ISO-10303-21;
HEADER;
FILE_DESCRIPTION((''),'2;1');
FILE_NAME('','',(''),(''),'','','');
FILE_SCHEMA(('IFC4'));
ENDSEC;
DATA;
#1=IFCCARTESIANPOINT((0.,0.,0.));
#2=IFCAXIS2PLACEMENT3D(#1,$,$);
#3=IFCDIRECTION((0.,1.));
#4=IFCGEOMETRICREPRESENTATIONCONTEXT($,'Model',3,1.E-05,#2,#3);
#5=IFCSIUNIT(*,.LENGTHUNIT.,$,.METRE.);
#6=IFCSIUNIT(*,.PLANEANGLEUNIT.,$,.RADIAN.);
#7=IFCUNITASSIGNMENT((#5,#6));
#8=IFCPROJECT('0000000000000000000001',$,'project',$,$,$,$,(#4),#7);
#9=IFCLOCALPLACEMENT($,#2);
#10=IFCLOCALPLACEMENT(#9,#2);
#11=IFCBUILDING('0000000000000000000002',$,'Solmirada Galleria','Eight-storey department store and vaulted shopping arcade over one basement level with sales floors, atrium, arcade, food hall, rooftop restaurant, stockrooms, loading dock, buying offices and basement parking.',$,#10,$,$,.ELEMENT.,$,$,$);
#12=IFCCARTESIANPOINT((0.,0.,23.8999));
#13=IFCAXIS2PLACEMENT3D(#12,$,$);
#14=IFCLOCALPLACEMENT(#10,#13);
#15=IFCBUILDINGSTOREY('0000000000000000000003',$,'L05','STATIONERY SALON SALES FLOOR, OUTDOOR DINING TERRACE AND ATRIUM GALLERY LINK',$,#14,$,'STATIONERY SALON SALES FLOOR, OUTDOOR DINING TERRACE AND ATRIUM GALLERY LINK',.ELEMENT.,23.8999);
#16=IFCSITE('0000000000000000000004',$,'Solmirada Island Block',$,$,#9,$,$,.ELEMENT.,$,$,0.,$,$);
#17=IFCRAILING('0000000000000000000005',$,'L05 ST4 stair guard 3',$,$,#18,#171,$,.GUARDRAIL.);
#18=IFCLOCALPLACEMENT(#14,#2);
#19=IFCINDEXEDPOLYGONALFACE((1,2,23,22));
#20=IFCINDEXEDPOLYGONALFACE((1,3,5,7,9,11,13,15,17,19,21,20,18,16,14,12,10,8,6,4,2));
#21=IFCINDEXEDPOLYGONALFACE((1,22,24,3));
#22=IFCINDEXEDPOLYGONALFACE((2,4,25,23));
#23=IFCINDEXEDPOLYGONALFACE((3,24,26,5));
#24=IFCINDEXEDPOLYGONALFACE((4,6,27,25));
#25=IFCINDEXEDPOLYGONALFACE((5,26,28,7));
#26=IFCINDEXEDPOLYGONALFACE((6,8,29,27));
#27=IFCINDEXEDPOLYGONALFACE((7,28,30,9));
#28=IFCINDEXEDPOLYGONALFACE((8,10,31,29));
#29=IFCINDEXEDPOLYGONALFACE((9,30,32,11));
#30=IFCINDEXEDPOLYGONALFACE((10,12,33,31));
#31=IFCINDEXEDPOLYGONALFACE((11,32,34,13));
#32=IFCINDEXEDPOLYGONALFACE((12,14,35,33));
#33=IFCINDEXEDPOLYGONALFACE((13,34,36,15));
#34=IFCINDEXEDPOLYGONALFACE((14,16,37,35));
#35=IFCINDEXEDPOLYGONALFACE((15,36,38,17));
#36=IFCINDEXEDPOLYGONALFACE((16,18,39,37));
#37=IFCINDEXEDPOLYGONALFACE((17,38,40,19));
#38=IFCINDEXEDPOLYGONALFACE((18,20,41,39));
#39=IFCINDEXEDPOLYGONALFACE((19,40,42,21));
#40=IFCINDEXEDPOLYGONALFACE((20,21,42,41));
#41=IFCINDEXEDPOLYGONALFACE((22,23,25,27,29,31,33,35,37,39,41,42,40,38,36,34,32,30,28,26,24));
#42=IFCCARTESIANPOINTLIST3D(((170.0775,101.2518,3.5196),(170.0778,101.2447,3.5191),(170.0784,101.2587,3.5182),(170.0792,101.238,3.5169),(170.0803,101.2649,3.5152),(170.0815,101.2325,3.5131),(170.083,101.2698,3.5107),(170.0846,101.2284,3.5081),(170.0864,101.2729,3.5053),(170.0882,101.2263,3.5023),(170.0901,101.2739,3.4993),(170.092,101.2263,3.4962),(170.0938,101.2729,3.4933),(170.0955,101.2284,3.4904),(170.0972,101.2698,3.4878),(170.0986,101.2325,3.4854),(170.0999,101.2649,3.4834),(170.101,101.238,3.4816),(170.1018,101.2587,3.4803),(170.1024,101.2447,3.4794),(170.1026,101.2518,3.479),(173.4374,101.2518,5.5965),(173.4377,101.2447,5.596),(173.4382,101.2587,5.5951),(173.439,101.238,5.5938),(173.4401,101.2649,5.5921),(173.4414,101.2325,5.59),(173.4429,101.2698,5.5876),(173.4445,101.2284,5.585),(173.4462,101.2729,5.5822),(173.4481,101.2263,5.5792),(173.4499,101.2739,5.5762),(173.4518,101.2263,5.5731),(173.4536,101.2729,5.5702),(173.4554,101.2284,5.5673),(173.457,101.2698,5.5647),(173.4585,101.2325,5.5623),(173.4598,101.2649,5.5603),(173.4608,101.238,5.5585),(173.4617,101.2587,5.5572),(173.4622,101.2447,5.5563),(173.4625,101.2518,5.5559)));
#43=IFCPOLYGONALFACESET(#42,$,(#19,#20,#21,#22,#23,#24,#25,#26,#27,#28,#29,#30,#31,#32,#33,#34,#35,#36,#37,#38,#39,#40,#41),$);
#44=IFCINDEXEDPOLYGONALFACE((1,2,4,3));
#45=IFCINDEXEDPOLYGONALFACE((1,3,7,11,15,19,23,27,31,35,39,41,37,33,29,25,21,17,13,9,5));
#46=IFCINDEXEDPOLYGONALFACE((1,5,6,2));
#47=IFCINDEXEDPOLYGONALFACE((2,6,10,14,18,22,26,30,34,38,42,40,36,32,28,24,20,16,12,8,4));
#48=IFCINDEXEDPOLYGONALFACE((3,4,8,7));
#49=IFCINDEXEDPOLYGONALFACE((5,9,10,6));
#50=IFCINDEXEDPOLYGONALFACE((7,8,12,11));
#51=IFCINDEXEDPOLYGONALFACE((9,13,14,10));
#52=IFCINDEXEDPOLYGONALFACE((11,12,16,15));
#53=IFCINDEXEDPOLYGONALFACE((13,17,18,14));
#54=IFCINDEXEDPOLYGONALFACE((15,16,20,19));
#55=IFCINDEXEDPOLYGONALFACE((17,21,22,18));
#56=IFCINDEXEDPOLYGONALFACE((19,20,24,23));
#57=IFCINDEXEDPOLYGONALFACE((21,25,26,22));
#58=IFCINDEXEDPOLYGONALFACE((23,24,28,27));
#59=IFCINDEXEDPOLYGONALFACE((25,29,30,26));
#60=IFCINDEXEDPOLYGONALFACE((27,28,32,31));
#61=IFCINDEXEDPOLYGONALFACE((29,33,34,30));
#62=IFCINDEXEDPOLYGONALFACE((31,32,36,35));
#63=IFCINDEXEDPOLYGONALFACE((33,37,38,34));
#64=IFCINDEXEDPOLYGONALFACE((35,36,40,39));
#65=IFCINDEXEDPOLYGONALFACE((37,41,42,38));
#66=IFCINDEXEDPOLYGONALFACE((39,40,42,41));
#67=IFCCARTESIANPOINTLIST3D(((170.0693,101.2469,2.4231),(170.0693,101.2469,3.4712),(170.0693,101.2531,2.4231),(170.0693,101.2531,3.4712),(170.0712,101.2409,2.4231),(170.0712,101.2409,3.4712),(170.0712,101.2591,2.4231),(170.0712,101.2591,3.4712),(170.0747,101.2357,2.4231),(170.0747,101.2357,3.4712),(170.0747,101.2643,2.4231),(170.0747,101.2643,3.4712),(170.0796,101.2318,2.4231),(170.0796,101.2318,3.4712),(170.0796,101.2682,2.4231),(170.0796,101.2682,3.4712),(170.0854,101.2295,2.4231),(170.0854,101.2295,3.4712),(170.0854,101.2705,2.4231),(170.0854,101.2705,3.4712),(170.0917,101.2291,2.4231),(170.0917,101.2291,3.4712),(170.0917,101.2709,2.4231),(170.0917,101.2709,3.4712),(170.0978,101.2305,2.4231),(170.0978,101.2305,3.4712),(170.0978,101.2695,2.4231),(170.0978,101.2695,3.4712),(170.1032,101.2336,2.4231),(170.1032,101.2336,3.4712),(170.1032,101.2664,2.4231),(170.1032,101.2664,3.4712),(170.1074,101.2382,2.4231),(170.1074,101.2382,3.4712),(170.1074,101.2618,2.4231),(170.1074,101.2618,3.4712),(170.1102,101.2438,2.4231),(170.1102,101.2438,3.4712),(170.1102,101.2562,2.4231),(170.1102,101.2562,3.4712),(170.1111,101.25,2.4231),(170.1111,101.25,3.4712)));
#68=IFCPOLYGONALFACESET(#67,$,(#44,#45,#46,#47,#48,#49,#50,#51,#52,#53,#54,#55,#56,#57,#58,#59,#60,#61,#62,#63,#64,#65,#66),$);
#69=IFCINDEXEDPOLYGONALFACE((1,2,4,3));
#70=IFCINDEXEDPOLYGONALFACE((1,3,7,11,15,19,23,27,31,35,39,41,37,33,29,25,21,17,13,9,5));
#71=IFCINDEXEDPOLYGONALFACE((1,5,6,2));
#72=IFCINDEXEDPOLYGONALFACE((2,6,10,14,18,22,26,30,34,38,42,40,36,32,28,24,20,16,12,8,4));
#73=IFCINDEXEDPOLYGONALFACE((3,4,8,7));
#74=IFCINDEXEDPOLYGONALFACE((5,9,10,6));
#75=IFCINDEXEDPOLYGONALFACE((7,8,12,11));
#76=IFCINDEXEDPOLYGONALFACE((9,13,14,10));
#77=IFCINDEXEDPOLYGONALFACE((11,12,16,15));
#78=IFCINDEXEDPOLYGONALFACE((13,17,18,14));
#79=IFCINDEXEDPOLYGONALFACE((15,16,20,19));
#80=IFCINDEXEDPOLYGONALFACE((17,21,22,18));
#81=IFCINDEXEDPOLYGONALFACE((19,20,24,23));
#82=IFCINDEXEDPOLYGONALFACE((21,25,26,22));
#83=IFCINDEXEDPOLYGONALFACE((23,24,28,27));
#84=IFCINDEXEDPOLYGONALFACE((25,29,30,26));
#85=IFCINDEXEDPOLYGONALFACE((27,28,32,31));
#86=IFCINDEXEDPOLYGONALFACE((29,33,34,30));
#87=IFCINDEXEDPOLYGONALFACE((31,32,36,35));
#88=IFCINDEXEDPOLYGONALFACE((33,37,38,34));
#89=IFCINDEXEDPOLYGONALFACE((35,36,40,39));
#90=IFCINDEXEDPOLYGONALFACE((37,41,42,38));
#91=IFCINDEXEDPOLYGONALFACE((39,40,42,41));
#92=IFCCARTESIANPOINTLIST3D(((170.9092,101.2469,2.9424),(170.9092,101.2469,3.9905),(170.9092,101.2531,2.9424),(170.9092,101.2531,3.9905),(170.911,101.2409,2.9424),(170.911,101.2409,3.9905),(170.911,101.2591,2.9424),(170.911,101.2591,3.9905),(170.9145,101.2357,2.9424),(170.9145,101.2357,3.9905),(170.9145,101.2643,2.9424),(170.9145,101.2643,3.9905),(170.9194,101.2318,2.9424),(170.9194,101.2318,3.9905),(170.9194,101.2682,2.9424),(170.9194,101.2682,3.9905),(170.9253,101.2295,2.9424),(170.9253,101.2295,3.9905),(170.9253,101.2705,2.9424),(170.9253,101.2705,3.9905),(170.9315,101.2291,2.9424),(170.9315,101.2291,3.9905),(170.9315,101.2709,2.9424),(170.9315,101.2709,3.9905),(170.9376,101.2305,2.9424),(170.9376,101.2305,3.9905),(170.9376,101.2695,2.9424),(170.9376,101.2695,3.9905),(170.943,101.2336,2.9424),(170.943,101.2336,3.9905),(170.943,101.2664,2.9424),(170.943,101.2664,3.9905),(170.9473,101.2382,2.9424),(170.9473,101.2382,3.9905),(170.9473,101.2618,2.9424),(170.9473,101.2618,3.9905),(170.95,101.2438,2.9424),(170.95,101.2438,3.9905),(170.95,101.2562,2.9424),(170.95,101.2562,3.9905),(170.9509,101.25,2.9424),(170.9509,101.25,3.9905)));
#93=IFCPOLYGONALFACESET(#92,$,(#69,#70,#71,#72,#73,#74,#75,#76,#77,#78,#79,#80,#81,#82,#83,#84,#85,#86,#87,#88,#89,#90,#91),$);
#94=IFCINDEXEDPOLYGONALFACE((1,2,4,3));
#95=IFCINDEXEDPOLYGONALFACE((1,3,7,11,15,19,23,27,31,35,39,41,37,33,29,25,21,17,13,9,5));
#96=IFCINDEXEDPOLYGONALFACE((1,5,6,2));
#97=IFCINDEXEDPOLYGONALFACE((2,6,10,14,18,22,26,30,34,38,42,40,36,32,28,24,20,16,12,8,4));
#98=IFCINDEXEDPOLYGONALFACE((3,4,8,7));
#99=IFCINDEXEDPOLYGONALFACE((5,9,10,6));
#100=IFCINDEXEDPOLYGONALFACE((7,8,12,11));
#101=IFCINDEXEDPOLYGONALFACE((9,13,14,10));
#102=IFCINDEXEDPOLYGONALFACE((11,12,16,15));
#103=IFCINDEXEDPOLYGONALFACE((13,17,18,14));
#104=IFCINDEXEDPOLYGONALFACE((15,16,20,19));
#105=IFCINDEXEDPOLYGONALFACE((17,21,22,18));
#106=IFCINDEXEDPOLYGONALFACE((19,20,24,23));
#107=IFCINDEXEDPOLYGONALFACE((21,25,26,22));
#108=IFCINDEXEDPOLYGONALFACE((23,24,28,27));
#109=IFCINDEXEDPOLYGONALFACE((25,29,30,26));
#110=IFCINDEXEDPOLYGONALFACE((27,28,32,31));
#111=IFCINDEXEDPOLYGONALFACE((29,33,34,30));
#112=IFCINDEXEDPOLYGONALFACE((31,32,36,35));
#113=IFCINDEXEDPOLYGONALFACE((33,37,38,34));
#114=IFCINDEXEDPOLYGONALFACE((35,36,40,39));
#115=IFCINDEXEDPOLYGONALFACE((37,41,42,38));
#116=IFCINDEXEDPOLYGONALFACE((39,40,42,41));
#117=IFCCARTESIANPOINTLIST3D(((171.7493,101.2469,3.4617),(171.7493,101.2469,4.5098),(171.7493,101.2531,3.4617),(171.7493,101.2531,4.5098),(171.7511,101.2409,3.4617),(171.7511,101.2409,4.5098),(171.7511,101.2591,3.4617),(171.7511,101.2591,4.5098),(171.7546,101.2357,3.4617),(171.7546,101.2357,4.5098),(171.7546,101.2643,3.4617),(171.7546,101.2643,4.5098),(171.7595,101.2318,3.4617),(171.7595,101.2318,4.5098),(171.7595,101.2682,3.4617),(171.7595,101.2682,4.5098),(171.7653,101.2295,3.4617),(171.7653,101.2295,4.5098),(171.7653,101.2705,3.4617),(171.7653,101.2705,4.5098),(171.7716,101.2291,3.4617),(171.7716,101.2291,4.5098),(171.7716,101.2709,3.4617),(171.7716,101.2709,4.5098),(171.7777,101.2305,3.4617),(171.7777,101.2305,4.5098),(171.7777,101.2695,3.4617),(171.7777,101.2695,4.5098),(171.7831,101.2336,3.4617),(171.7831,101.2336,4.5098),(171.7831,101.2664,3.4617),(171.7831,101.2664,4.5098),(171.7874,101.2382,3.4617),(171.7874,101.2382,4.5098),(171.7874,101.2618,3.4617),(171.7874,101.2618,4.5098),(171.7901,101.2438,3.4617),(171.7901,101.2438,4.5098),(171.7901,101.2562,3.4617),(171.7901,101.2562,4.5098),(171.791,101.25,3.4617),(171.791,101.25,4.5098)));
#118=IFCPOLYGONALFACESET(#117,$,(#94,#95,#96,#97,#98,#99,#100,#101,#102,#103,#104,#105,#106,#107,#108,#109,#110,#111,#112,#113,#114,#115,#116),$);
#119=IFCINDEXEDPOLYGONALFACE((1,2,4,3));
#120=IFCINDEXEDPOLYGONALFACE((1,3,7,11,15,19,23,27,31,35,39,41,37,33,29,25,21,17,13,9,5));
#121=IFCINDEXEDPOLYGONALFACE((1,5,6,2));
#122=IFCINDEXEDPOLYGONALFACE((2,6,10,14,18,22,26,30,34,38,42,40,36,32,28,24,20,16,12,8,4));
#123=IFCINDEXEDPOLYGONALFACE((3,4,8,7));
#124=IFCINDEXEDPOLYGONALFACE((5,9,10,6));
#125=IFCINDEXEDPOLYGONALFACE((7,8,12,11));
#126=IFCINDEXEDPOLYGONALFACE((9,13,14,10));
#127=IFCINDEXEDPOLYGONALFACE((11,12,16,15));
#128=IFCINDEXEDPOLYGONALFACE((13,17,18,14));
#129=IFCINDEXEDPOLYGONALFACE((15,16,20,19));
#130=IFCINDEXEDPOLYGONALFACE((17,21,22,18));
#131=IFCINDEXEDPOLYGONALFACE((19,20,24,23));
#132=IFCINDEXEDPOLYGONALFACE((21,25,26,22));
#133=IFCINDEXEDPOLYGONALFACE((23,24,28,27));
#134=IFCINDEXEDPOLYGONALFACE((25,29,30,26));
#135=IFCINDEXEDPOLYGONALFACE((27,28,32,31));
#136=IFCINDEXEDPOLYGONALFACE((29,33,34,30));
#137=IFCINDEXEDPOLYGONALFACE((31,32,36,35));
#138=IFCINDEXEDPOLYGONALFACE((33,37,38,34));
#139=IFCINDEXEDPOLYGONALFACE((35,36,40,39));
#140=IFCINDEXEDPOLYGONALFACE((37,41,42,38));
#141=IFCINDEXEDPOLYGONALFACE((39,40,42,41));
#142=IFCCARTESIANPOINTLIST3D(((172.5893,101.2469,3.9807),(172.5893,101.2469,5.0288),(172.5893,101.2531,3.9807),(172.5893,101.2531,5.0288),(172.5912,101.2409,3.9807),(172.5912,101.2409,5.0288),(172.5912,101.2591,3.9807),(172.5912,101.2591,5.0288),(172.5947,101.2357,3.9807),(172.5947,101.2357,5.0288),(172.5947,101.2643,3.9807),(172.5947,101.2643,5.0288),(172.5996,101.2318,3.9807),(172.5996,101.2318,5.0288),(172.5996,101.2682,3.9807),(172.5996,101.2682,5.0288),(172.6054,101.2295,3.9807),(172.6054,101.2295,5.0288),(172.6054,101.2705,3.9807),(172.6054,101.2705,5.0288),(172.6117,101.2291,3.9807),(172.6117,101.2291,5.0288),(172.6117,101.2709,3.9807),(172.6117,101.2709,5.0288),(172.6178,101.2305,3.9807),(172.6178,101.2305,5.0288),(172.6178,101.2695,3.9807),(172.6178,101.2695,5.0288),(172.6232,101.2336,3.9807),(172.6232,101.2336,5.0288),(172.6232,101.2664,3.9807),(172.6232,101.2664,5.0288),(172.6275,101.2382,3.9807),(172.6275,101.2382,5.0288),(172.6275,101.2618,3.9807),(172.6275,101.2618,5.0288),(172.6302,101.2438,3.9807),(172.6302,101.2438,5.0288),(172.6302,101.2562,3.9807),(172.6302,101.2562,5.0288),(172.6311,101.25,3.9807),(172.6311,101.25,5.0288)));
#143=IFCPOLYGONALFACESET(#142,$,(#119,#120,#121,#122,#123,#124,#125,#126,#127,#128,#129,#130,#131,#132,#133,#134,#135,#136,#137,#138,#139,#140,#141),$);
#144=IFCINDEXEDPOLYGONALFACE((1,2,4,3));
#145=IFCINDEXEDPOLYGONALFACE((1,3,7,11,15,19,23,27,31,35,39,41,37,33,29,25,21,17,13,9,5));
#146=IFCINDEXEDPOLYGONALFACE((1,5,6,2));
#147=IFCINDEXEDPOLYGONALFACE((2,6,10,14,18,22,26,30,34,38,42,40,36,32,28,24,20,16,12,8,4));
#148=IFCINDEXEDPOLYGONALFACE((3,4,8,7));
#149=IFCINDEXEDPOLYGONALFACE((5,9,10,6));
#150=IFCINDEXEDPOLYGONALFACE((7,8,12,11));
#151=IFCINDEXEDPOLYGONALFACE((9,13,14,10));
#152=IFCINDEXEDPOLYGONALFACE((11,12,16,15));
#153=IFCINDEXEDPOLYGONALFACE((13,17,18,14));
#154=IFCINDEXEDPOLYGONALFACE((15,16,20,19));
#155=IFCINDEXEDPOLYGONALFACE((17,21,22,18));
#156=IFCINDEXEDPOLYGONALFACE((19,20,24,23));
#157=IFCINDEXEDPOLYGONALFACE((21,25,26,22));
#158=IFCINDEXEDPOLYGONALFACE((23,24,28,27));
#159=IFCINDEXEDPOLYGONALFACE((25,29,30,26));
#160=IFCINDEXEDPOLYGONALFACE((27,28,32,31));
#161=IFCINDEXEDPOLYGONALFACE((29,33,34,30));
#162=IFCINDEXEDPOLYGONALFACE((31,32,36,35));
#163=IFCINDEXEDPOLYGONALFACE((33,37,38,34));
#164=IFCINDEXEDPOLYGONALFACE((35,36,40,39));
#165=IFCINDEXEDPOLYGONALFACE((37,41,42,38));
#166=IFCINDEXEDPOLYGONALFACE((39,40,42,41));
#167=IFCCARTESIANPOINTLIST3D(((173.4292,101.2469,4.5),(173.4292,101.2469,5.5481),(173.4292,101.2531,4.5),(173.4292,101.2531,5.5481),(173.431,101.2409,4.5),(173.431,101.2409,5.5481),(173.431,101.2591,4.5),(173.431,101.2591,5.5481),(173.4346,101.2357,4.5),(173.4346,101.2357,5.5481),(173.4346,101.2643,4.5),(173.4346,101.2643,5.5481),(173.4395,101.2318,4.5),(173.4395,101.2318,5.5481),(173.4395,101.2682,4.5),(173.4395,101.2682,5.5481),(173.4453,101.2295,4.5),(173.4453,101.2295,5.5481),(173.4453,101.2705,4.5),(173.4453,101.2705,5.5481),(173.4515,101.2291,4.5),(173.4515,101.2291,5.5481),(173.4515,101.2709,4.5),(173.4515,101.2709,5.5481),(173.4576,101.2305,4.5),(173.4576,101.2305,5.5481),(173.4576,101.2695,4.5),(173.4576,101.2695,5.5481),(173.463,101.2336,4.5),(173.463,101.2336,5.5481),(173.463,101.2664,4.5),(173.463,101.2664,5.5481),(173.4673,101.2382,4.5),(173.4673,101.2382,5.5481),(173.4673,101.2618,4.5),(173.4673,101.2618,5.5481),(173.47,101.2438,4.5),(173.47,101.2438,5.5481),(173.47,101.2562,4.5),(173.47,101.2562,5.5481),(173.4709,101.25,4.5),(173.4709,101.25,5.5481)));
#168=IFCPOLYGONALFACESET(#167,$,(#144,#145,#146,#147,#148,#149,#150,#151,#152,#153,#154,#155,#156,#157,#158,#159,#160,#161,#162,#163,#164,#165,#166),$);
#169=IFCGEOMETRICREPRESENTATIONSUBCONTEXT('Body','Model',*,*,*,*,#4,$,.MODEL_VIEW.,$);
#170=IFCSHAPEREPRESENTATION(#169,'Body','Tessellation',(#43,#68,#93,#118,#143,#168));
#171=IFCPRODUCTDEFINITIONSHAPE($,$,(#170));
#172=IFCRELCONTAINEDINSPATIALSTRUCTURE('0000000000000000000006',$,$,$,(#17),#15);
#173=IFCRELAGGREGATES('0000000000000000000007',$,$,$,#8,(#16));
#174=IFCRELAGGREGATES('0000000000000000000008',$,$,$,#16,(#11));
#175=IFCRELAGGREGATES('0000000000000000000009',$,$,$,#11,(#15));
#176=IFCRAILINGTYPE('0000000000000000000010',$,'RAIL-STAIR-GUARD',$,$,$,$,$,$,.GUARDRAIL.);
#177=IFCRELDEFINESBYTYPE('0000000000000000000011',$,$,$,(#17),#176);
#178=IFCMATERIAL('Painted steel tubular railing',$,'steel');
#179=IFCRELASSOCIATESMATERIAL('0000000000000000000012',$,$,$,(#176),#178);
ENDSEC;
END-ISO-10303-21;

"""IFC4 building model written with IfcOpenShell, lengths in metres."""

from ifc_helpers import new_model, si_unit, direction, frame, origin, origin_2d, place, context, subcontext, project, spatial, circle, extrude, material, type_object, element, save


model = new_model("IFC4")

# Units and contexts
model_context = context("Model", 3, precision=1e-05, world=origin(), true_north=direction((0.0, 1.0)))
body_context = subcontext(model_context, "Body", "Model", "MODEL_VIEW")
ifc_project = project(units=[si_unit("LENGTHUNIT", "METRE"), si_unit("PLANEANGLEUNIT", "RADIAN")], contexts=[model_context])

# Site, building, storey
site_placement = place(None, origin())
site = spatial("IfcSite", under=ifc_project, at=site_placement, Name="Solmirada Island Block", CompositionType="ELEMENT", RefElevation=0.0)
building_placement = place(site_placement, origin())
building = spatial("IfcBuilding", under=site, at=building_placement, Name="Solmirada Galleria", Description="Eight-storey department store and vaulted shopping arcade over one basement level with sales floors, atrium, arcade, food hall, rooftop restaurant, stockrooms, loading dock, buying offices and basement parking.", CompositionType="ELEMENT")
storey_placement = place(building_placement, frame((0.0, 0.0, 23.8999)))
storey = spatial("IfcBuildingStorey", under=building, at=storey_placement, Name="L05", Description="STATIONERY SALON SALES FLOOR, OUTDOOR DINING TERRACE AND ATRIUM GALLERY LINK", LongName="STATIONERY SALON SALES FLOOR, OUTDOOR DINING TERRACE AND ATRIUM GALLERY LINK", CompositionType="ELEMENT", Elevation=23.8999)

# Railing
ifc_material_1 = material(Name="Painted steel tubular railing", Category="steel")
railing_type_1 = type_object("IfcRailingType", Name="RAIL-STAIR-GUARD", PredefinedType="GUARDRAIL", material=ifc_material_1)
railing_1_placement = place(storey_placement, frame((170.0901, 101.25, 2.4231)))
element("IfcRailing", 1, at=railing_1_placement, inside=storey, type_object=railing_type_1, Name="L05 ST4 stair guard 3", PredefinedType="GUARDRAIL", context=body_context, shape_type="SweptSolid", body=[
    extrude(circle(Radius=0.0239, at=origin_2d()), frame((0.0, 0.0, 1.0762), z_axis=(0.850606, 0.0, 0.525803), x_axis=(0.0, 1.0, 0.0)), (0.0, 0.0, 1.0), 3.95),
    extrude(circle(Radius=0.021, at=origin_2d()), origin(), (0.0, 0.0, 1.0), 1.0481),
    extrude(circle(Radius=0.021, at=origin_2d()), frame((0.8398, 0.0, 0.5193)), (0.0, 0.0, 1.0), 1.0481),
    extrude(circle(Radius=0.021, at=origin_2d()), frame((1.6799, 0.0, 1.0386)), (0.0, 0.0, 1.0), 1.0481),
    extrude(circle(Radius=0.021, at=origin_2d()), frame((2.52, 0.0, 1.5576)), (0.0, 0.0, 1.0), 1.0481),
    extrude(circle(Radius=0.021, at=origin_2d()), frame((3.3599, 0.0, 2.0769)), (0.0, 0.0, 1.0), 1.0481),
])

save(model, "model.ifc")
